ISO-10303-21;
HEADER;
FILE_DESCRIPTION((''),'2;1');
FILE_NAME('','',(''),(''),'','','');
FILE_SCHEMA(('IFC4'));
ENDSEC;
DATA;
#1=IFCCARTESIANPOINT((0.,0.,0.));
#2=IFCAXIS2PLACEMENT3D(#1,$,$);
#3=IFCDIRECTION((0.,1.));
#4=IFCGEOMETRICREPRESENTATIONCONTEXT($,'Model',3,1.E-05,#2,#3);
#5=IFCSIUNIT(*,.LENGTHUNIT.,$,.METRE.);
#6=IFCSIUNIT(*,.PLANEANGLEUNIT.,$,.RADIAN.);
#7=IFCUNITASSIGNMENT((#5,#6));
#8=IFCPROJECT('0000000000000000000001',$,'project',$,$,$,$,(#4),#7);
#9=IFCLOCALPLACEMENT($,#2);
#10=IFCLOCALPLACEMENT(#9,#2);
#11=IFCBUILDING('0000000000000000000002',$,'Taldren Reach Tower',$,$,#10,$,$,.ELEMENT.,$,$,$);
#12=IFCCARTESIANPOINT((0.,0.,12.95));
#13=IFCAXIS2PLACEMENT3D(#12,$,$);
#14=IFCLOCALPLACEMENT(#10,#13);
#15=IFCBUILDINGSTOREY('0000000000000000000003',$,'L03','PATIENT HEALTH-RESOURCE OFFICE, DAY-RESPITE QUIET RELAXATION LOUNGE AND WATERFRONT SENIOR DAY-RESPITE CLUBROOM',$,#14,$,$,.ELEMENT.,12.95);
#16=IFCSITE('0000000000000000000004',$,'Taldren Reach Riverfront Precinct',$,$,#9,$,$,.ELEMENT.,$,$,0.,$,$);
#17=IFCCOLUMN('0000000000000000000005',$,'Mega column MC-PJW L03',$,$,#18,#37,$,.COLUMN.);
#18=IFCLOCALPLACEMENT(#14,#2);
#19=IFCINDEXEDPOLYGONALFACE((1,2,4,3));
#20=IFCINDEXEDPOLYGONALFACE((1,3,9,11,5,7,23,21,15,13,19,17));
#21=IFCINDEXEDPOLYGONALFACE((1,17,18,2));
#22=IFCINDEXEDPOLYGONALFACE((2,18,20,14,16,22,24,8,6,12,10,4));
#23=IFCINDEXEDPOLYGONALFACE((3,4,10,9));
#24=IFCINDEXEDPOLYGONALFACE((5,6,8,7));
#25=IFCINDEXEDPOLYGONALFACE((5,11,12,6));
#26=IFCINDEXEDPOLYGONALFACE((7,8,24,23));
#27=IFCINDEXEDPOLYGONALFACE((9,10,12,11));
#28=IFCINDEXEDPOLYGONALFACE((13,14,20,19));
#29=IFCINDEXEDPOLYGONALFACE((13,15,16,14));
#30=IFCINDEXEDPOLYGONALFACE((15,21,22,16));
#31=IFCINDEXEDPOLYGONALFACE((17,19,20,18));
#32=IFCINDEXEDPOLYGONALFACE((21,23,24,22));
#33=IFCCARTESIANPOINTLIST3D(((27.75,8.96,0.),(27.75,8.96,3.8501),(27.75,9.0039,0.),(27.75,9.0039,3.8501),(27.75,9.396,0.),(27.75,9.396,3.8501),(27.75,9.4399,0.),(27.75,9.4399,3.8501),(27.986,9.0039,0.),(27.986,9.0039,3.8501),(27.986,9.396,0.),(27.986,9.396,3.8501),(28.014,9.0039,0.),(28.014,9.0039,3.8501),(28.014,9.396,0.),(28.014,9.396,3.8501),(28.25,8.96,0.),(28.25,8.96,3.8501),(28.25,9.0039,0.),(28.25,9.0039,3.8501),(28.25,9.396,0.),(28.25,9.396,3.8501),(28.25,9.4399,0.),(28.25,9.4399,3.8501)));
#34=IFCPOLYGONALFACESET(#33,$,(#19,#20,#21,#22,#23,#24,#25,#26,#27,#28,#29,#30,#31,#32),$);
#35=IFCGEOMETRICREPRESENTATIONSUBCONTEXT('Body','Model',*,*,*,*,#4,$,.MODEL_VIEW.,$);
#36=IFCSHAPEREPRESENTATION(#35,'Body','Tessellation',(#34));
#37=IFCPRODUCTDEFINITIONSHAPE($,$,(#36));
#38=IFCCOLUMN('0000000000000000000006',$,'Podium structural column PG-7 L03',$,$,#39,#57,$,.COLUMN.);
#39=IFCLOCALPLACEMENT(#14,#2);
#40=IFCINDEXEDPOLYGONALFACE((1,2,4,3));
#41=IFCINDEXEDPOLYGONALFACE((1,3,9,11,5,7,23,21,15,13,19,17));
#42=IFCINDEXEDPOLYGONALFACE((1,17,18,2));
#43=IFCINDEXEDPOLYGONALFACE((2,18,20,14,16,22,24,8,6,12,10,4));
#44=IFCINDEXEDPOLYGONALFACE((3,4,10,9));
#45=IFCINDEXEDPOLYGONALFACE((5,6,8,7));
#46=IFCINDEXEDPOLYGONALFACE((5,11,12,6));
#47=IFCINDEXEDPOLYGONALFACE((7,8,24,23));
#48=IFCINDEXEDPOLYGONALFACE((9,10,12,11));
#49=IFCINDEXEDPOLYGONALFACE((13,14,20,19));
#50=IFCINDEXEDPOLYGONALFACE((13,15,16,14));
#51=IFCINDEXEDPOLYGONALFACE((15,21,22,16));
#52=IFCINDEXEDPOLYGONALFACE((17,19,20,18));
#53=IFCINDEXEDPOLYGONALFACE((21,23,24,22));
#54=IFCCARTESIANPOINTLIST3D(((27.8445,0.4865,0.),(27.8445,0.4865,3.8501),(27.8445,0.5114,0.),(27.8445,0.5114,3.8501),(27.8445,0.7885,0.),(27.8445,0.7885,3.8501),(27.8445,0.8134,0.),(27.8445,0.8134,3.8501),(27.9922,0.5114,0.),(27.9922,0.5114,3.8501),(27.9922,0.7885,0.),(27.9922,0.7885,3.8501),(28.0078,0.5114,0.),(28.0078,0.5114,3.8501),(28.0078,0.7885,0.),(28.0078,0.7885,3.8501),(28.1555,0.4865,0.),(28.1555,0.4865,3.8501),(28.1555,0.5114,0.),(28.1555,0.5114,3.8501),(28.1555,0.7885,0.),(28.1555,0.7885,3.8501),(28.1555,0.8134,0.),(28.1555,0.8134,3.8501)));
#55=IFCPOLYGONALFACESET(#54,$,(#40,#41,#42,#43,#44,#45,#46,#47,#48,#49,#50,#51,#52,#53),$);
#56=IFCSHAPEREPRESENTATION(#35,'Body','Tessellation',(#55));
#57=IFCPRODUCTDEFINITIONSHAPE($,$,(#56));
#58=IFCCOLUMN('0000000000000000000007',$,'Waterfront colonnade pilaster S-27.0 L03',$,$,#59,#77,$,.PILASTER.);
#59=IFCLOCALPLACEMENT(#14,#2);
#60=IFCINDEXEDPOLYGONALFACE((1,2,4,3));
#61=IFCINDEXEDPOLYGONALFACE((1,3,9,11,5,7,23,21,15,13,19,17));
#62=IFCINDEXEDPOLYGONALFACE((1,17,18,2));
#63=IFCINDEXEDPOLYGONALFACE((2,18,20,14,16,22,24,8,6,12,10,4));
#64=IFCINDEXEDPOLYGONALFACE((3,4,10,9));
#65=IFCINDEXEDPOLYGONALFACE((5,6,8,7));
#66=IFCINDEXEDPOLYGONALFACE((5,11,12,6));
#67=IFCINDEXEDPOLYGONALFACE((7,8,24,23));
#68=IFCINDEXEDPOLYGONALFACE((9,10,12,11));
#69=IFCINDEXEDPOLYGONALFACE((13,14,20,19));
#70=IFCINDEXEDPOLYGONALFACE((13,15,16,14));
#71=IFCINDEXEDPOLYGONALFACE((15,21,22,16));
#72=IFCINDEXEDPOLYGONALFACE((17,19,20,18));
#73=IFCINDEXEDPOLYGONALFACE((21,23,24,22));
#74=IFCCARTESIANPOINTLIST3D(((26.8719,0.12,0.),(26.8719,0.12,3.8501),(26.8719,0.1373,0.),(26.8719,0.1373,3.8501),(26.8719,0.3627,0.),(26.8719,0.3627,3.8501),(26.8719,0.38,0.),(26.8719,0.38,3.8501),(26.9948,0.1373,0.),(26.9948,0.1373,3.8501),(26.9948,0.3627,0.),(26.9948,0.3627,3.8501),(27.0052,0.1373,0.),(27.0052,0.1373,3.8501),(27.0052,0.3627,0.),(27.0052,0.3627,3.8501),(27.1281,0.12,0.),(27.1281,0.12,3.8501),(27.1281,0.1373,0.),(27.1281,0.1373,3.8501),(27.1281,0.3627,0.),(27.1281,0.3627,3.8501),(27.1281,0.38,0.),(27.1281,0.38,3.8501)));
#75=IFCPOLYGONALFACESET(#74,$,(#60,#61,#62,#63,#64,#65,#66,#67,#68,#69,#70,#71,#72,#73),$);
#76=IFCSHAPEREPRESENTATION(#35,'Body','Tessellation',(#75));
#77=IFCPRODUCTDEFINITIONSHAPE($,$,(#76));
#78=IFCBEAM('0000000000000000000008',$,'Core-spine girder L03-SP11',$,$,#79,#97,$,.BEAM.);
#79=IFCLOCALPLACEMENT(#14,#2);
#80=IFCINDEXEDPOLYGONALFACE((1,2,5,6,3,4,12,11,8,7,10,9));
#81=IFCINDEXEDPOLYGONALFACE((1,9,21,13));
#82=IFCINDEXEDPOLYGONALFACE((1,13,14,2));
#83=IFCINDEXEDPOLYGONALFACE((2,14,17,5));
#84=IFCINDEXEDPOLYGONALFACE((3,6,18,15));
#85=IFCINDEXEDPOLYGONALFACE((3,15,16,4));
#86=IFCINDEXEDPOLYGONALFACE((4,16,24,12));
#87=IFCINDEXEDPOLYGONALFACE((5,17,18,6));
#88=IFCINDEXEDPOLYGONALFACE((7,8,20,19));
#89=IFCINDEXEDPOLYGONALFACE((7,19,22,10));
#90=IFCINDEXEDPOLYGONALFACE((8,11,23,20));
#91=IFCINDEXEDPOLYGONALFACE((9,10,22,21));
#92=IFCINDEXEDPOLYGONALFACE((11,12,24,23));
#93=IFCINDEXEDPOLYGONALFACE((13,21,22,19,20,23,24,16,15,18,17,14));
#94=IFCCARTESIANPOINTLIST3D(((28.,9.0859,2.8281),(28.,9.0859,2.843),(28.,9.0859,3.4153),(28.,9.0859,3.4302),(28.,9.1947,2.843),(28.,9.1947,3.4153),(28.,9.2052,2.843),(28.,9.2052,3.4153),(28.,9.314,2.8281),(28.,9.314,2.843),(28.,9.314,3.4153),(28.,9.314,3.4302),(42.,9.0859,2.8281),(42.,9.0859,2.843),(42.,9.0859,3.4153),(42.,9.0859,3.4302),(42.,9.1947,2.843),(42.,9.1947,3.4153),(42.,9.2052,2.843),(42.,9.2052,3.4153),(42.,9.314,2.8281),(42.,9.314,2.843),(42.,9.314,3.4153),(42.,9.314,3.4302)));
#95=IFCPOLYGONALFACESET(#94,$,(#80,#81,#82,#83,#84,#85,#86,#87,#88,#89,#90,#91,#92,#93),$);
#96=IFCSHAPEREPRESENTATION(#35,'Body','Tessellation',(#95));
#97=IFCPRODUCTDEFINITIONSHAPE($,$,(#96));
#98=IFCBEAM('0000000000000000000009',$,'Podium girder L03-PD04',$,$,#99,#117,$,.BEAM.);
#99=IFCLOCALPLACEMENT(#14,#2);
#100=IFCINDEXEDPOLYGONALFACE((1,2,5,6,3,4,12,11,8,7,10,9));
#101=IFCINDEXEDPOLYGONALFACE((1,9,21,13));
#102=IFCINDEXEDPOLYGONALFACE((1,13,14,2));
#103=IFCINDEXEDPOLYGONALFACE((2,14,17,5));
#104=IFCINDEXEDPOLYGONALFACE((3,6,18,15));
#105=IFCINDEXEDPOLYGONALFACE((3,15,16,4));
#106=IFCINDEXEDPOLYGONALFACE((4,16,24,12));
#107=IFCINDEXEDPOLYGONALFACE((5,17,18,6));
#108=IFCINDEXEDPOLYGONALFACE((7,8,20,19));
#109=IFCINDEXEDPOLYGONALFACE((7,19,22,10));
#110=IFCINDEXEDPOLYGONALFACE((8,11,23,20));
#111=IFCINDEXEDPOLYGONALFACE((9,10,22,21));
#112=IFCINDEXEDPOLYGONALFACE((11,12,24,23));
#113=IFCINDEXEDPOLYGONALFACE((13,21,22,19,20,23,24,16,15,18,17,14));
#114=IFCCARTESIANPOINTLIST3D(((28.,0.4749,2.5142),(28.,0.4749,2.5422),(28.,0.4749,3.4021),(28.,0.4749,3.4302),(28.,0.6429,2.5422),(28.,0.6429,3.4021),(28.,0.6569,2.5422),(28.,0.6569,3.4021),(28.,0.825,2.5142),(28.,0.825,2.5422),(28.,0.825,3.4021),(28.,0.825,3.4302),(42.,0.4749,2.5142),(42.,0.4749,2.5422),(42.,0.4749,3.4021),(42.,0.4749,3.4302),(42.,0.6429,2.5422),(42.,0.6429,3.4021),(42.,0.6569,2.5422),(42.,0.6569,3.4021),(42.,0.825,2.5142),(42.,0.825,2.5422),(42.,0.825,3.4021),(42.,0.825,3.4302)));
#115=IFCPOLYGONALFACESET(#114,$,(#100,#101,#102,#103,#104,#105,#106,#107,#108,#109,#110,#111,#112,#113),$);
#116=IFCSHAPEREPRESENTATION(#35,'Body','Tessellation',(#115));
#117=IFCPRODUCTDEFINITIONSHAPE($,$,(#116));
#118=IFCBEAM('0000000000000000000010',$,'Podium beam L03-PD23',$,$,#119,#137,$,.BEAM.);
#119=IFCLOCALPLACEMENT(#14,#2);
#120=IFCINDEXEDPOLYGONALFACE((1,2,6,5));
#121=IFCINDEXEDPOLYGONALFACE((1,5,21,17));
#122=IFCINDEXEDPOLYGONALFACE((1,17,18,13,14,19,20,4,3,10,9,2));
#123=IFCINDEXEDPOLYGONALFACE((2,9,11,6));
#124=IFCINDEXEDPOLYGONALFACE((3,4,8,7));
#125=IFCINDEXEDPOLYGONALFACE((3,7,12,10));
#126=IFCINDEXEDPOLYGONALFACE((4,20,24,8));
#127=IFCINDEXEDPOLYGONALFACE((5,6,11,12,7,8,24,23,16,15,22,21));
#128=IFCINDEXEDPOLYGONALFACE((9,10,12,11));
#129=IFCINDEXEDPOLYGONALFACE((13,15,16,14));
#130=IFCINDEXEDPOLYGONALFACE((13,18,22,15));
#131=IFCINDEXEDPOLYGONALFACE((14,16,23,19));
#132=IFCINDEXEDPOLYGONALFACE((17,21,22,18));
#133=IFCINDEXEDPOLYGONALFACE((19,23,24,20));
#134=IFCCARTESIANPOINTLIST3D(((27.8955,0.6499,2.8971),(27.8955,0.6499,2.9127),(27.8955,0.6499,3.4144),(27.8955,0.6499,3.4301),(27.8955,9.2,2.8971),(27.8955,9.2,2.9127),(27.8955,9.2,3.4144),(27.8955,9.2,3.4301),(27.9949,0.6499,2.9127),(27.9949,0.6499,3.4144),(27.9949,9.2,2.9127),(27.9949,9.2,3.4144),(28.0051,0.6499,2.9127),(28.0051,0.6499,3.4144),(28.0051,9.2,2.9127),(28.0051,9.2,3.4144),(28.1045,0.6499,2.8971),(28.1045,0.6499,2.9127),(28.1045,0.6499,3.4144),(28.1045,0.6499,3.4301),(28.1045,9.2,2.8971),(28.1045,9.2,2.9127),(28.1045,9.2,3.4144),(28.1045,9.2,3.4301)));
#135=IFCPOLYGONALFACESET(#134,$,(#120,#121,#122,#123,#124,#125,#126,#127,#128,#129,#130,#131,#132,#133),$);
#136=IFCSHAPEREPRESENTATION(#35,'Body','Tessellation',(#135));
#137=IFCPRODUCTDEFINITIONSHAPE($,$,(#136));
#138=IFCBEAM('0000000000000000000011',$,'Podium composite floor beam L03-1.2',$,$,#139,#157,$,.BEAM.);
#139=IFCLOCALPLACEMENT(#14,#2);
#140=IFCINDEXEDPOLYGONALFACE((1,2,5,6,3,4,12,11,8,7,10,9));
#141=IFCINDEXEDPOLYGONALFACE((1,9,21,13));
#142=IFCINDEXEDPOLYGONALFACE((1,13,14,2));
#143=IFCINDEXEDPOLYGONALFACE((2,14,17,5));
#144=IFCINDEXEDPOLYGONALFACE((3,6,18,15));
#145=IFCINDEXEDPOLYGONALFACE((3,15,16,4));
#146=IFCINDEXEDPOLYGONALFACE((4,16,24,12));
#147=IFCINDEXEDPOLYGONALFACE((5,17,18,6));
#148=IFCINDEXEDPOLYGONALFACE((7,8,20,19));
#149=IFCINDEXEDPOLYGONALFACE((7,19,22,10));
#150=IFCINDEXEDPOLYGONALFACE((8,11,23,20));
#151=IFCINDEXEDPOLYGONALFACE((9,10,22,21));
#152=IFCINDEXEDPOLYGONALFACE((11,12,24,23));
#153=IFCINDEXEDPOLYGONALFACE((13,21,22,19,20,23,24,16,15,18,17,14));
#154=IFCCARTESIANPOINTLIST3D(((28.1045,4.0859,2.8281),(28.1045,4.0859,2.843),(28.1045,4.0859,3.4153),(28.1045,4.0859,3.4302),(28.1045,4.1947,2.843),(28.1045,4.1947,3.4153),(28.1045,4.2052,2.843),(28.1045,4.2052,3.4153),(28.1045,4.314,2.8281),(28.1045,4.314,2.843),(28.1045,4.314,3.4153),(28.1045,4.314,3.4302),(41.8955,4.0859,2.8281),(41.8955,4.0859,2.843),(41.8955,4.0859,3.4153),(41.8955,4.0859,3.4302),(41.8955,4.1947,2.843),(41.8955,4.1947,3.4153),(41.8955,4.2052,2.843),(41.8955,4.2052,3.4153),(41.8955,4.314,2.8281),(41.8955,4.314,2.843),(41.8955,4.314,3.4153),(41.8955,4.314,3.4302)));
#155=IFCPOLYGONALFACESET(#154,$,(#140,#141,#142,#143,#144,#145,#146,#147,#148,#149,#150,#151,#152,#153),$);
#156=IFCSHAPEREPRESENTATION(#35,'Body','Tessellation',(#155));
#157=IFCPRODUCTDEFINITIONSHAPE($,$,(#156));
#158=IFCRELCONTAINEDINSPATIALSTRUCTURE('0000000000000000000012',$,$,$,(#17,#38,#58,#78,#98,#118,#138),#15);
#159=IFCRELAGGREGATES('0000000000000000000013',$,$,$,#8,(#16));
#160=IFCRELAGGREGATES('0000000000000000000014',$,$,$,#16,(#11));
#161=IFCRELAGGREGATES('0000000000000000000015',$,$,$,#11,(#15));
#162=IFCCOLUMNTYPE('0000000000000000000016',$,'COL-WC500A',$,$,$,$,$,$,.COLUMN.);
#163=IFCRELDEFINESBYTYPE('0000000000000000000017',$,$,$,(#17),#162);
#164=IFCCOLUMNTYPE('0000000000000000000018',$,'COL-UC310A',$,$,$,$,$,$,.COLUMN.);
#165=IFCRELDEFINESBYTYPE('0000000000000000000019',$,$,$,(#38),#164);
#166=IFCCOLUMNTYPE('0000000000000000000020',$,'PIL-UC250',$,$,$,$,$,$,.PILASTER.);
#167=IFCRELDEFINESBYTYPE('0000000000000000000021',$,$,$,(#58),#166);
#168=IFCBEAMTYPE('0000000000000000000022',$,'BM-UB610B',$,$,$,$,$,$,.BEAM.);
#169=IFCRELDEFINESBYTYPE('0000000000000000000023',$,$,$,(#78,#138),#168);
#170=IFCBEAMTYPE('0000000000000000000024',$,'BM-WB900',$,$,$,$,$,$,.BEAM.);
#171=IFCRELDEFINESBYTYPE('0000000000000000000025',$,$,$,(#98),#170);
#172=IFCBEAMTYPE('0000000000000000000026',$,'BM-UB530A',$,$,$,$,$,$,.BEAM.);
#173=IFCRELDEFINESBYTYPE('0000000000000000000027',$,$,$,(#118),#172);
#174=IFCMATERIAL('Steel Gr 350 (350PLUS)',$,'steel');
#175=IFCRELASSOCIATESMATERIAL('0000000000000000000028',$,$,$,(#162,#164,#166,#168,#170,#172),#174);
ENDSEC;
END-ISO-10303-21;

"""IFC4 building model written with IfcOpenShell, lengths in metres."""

from ifc_helpers import new_model, si_unit, direction, frame, origin, origin_2d, place, context, subcontext, project, spatial, i_section, extrude, source, transform, mapped, material, material_profile, profile_set, type_object, element, save


model = new_model("IFC4")

# Units and contexts
model_context = context("Model", 3, precision=1e-05, world=origin(), true_north=direction((0.0, 1.0)))
body_context = subcontext(model_context, "Body", "Model", "MODEL_VIEW")
ifc_project = project(units=[si_unit("LENGTHUNIT", "METRE"), si_unit("PLANEANGLEUNIT", "RADIAN")], contexts=[model_context])

# Site, building, storey
site_placement = place(None, origin())
site = spatial("IfcSite", under=ifc_project, at=site_placement, Name="Taldren Reach Riverfront Precinct", CompositionType="ELEMENT", RefElevation=0.0)
building_placement = place(site_placement, origin())
building = spatial("IfcBuilding", under=site, at=building_placement, Name="Taldren Reach Tower", CompositionType="ELEMENT")
storey_placement = place(building_placement, frame((0.0, 0.0, 12.95)))
storey = spatial("IfcBuildingStorey", under=building, at=storey_placement, Name="L03", Description="PATIENT HEALTH-RESOURCE OFFICE, DAY-RESPITE QUIET RELAXATION LOUNGE AND WATERFRONT SENIOR DAY-RESPITE CLUBROOM", CompositionType="ELEMENT", Elevation=12.95)

# Columns
ifc_material_1 = material(Name="Steel Gr 350 (350PLUS)", Category="steel")
ifc_material_profile_1 = material_profile(ifc_material_1, i_section(OverallWidth=0.5, OverallDepth=0.48, WebThickness=0.0281, FlangeThickness=0.0439, at=origin_2d()), Name="500WC440")
ifc_profile_set_1 = profile_set([ifc_material_profile_1], Name="Steel Gr 350 (350PLUS)")
column_type_1 = type_object("IfcColumnType", Name="COL-WC500A", PredefinedType="COLUMN", material=ifc_profile_set_1)
shared_shape_1 = source(origin(), body_context, "Body", "SweptSolid", [
    extrude(i_section(OverallWidth=0.5, OverallDepth=0.48, WebThickness=0.0281, FlangeThickness=0.0439, at=origin_2d()), origin(), (0.0, 0.0, 1.0), 3.8501),
])
column_1_placement = place(storey_placement, frame((28.0, 9.2, 0.0), z_axis=(0.0, 0.0, 1.0), x_axis=(1.0, 0.0, 0.0)))
element("IfcColumn", 1, at=column_1_placement, inside=storey, type_object=column_type_1, Name="Mega column MC-PJW L03", PredefinedType="COLUMN", context=body_context, shape_type="MappedRepresentation", body=[
    mapped(shared_shape_1, transform((0.0, 0.0, 0.0), scale=1.0)),
])
ifc_material_profile_2 = material_profile(ifc_material_1, i_section(OverallWidth=0.311, OverallDepth=0.3269, WebThickness=0.0156, FlangeThickness=0.0249, at=origin_2d()), Name="310UC158")
ifc_profile_set_2 = profile_set([ifc_material_profile_2], Name="Steel Gr 350 (350PLUS)")
column_type_2 = type_object("IfcColumnType", Name="COL-UC310A", PredefinedType="COLUMN", material=ifc_profile_set_2)
shared_shape_2 = source(origin(), body_context, "Body", "SweptSolid", [
    extrude(i_section(OverallWidth=0.311, OverallDepth=0.3269, WebThickness=0.0156, FlangeThickness=0.0249, at=origin_2d()), origin(), (0.0, 0.0, 1.0), 3.8501),
])
column_2_placement = place(storey_placement, frame((28.0, 0.6499, 0.0), z_axis=(0.0, 0.0, 1.0), x_axis=(1.0, 0.0, 0.0)))
element("IfcColumn", 2, at=column_2_placement, inside=storey, type_object=column_type_2, Name="Podium structural column PG-7 L03", PredefinedType="COLUMN", context=body_context, shape_type="MappedRepresentation", body=[
    mapped(shared_shape_2, transform((0.0, 0.0, 0.0), scale=1.0)),
])
ifc_material_profile_3 = material_profile(ifc_material_1, i_section(OverallWidth=0.2561, OverallDepth=0.26, WebThickness=0.0105, FlangeThickness=0.0173, at=origin_2d()), Name="250UC89.5")
ifc_profile_set_3 = profile_set([ifc_material_profile_3], Name="Steel Gr 350 (350PLUS)")
column_type_3 = type_object("IfcColumnType", Name="PIL-UC250", PredefinedType="PILASTER", material=ifc_profile_set_3)
shared_shape_3 = source(origin(), body_context, "Body", "SweptSolid", [
    extrude(i_section(OverallWidth=0.2561, OverallDepth=0.26, WebThickness=0.0105, FlangeThickness=0.0173, at=origin_2d()), origin(), (0.0, 0.0, 1.0), 3.8501),
])
column_3_placement = place(storey_placement, frame((27.0, 0.25, 0.0), z_axis=(0.0, 0.0, 1.0), x_axis=(1.0, 0.0, 0.0)))
element("IfcColumn", 3, at=column_3_placement, inside=storey, type_object=column_type_3, Name="Waterfront colonnade pilaster S-27.0 L03", PredefinedType="PILASTER", context=body_context, shape_type="MappedRepresentation", body=[
    mapped(shared_shape_3, transform((0.0, 0.0, 0.0), scale=1.0)),
])

# Beams
ifc_material_profile_4 = material_profile(ifc_material_1, i_section(OverallWidth=0.228, OverallDepth=0.6021, WebThickness=0.0105, FlangeThickness=0.0149, at=origin_2d()), Name="610UB101")
ifc_profile_set_4 = profile_set([ifc_material_profile_4], Name="Steel Gr 350 (350PLUS)")
beam_type_1 = type_object("IfcBeamType", Name="BM-UB610B", PredefinedType="BEAM", material=ifc_profile_set_4)
shared_shape_4 = source(origin(), body_context, "Body", "SweptSolid", [
    extrude(i_section(OverallWidth=0.228, OverallDepth=0.6021, WebThickness=0.0105, FlangeThickness=0.0149, at=origin_2d()), origin(), (0.0, 0.0, 1.0), 14.0),
])
beam_1_placement = place(storey_placement, frame((28.0, 9.2, 3.1292), z_axis=(1.0, 0.0, 0.0), x_axis=(0.0, 1.0, 0.0)))
element("IfcBeam", 4, at=beam_1_placement, inside=storey, type_object=beam_type_1, Name="Core-spine girder L03-SP11", PredefinedType="BEAM", context=body_context, shape_type="MappedRepresentation", body=[
    mapped(shared_shape_4, transform((0.0, 0.0, 0.0), scale=1.0)),
])
ifc_material_profile_5 = material_profile(ifc_material_1, i_section(OverallWidth=0.3501, OverallDepth=0.916, WebThickness=0.0139, FlangeThickness=0.0281, at=origin_2d()), Name="900WB257")
ifc_profile_set_5 = profile_set([ifc_material_profile_5], Name="Steel Gr 350 (350PLUS)")
beam_type_2 = type_object("IfcBeamType", Name="BM-WB900", PredefinedType="BEAM", material=ifc_profile_set_5)
shared_shape_5 = source(origin(), body_context, "Body", "SweptSolid", [
    extrude(i_section(OverallWidth=0.3501, OverallDepth=0.916, WebThickness=0.0139, FlangeThickness=0.0281, at=origin_2d()), origin(), (0.0, 0.0, 1.0), 14.0),
])
beam_2_placement = place(storey_placement, frame((28.0, 0.6499, 2.9722), z_axis=(1.0, 0.0, 0.0), x_axis=(0.0, 1.0, 0.0)))
element("IfcBeam", 5, at=beam_2_placement, inside=storey, type_object=beam_type_2, Name="Podium girder L03-PD04", PredefinedType="BEAM", context=body_context, shape_type="MappedRepresentation", body=[
    mapped(shared_shape_5, transform((0.0, 0.0, 0.0), scale=1.0)),
])
ifc_material_profile_6 = material_profile(ifc_material_1, i_section(OverallWidth=0.209, OverallDepth=0.533, WebThickness=0.0103, FlangeThickness=0.0156, at=origin_2d()), Name="530UB92.4")
ifc_profile_set_6 = profile_set([ifc_material_profile_6], Name="Steel Gr 350 (350PLUS)")
beam_type_3 = type_object("IfcBeamType", Name="BM-UB530A", PredefinedType="BEAM", material=ifc_profile_set_6)
shared_shape_6 = source(origin(), body_context, "Body", "SweptSolid", [
    extrude(i_section(OverallWidth=0.209, OverallDepth=0.533, WebThickness=0.0103, FlangeThickness=0.0156, at=origin_2d()), origin(), (0.0, 0.0, 1.0), 8.55),
])
beam_3_placement = place(storey_placement, frame((28.0, 0.6499, 3.1636), z_axis=(0.0, 1.0, 0.0), x_axis=(-1.0, 0.0, 0.0)))
element("IfcBeam", 6, at=beam_3_placement, inside=storey, type_object=beam_type_3, Name="Podium beam L03-PD23", PredefinedType="BEAM", context=body_context, shape_type="MappedRepresentation", body=[
    mapped(shared_shape_6, transform((0.0, 0.0, 0.0), scale=1.0)),
])
shared_shape_7 = source(origin(), body_context, "Body", "SweptSolid", [
    extrude(i_section(OverallWidth=0.228, OverallDepth=0.6021, WebThickness=0.0105, FlangeThickness=0.0149, at=origin_2d()), origin(), (0.0, 0.0, 1.0), 13.791),
])
for number, where, z_axis, x_axis, name in (
    (7, (28.1045, 4.2, 3.1292), (1.0, 0.0, 0.0), (0.0, 1.0, 0.0), "Podium composite floor beam L03-1.2"),
):
    element("IfcBeam", number, at=place(storey_placement, frame(where, z_axis=z_axis, x_axis=x_axis)), inside=storey, type_object=beam_type_1, Name=name, PredefinedType="BEAM", context=body_context, shape_type="MappedRepresentation", body=[
        mapped(shared_shape_7, transform((0.0, 0.0, 0.0), scale=1.0)),
    ])

save(model, "model.ifc")
